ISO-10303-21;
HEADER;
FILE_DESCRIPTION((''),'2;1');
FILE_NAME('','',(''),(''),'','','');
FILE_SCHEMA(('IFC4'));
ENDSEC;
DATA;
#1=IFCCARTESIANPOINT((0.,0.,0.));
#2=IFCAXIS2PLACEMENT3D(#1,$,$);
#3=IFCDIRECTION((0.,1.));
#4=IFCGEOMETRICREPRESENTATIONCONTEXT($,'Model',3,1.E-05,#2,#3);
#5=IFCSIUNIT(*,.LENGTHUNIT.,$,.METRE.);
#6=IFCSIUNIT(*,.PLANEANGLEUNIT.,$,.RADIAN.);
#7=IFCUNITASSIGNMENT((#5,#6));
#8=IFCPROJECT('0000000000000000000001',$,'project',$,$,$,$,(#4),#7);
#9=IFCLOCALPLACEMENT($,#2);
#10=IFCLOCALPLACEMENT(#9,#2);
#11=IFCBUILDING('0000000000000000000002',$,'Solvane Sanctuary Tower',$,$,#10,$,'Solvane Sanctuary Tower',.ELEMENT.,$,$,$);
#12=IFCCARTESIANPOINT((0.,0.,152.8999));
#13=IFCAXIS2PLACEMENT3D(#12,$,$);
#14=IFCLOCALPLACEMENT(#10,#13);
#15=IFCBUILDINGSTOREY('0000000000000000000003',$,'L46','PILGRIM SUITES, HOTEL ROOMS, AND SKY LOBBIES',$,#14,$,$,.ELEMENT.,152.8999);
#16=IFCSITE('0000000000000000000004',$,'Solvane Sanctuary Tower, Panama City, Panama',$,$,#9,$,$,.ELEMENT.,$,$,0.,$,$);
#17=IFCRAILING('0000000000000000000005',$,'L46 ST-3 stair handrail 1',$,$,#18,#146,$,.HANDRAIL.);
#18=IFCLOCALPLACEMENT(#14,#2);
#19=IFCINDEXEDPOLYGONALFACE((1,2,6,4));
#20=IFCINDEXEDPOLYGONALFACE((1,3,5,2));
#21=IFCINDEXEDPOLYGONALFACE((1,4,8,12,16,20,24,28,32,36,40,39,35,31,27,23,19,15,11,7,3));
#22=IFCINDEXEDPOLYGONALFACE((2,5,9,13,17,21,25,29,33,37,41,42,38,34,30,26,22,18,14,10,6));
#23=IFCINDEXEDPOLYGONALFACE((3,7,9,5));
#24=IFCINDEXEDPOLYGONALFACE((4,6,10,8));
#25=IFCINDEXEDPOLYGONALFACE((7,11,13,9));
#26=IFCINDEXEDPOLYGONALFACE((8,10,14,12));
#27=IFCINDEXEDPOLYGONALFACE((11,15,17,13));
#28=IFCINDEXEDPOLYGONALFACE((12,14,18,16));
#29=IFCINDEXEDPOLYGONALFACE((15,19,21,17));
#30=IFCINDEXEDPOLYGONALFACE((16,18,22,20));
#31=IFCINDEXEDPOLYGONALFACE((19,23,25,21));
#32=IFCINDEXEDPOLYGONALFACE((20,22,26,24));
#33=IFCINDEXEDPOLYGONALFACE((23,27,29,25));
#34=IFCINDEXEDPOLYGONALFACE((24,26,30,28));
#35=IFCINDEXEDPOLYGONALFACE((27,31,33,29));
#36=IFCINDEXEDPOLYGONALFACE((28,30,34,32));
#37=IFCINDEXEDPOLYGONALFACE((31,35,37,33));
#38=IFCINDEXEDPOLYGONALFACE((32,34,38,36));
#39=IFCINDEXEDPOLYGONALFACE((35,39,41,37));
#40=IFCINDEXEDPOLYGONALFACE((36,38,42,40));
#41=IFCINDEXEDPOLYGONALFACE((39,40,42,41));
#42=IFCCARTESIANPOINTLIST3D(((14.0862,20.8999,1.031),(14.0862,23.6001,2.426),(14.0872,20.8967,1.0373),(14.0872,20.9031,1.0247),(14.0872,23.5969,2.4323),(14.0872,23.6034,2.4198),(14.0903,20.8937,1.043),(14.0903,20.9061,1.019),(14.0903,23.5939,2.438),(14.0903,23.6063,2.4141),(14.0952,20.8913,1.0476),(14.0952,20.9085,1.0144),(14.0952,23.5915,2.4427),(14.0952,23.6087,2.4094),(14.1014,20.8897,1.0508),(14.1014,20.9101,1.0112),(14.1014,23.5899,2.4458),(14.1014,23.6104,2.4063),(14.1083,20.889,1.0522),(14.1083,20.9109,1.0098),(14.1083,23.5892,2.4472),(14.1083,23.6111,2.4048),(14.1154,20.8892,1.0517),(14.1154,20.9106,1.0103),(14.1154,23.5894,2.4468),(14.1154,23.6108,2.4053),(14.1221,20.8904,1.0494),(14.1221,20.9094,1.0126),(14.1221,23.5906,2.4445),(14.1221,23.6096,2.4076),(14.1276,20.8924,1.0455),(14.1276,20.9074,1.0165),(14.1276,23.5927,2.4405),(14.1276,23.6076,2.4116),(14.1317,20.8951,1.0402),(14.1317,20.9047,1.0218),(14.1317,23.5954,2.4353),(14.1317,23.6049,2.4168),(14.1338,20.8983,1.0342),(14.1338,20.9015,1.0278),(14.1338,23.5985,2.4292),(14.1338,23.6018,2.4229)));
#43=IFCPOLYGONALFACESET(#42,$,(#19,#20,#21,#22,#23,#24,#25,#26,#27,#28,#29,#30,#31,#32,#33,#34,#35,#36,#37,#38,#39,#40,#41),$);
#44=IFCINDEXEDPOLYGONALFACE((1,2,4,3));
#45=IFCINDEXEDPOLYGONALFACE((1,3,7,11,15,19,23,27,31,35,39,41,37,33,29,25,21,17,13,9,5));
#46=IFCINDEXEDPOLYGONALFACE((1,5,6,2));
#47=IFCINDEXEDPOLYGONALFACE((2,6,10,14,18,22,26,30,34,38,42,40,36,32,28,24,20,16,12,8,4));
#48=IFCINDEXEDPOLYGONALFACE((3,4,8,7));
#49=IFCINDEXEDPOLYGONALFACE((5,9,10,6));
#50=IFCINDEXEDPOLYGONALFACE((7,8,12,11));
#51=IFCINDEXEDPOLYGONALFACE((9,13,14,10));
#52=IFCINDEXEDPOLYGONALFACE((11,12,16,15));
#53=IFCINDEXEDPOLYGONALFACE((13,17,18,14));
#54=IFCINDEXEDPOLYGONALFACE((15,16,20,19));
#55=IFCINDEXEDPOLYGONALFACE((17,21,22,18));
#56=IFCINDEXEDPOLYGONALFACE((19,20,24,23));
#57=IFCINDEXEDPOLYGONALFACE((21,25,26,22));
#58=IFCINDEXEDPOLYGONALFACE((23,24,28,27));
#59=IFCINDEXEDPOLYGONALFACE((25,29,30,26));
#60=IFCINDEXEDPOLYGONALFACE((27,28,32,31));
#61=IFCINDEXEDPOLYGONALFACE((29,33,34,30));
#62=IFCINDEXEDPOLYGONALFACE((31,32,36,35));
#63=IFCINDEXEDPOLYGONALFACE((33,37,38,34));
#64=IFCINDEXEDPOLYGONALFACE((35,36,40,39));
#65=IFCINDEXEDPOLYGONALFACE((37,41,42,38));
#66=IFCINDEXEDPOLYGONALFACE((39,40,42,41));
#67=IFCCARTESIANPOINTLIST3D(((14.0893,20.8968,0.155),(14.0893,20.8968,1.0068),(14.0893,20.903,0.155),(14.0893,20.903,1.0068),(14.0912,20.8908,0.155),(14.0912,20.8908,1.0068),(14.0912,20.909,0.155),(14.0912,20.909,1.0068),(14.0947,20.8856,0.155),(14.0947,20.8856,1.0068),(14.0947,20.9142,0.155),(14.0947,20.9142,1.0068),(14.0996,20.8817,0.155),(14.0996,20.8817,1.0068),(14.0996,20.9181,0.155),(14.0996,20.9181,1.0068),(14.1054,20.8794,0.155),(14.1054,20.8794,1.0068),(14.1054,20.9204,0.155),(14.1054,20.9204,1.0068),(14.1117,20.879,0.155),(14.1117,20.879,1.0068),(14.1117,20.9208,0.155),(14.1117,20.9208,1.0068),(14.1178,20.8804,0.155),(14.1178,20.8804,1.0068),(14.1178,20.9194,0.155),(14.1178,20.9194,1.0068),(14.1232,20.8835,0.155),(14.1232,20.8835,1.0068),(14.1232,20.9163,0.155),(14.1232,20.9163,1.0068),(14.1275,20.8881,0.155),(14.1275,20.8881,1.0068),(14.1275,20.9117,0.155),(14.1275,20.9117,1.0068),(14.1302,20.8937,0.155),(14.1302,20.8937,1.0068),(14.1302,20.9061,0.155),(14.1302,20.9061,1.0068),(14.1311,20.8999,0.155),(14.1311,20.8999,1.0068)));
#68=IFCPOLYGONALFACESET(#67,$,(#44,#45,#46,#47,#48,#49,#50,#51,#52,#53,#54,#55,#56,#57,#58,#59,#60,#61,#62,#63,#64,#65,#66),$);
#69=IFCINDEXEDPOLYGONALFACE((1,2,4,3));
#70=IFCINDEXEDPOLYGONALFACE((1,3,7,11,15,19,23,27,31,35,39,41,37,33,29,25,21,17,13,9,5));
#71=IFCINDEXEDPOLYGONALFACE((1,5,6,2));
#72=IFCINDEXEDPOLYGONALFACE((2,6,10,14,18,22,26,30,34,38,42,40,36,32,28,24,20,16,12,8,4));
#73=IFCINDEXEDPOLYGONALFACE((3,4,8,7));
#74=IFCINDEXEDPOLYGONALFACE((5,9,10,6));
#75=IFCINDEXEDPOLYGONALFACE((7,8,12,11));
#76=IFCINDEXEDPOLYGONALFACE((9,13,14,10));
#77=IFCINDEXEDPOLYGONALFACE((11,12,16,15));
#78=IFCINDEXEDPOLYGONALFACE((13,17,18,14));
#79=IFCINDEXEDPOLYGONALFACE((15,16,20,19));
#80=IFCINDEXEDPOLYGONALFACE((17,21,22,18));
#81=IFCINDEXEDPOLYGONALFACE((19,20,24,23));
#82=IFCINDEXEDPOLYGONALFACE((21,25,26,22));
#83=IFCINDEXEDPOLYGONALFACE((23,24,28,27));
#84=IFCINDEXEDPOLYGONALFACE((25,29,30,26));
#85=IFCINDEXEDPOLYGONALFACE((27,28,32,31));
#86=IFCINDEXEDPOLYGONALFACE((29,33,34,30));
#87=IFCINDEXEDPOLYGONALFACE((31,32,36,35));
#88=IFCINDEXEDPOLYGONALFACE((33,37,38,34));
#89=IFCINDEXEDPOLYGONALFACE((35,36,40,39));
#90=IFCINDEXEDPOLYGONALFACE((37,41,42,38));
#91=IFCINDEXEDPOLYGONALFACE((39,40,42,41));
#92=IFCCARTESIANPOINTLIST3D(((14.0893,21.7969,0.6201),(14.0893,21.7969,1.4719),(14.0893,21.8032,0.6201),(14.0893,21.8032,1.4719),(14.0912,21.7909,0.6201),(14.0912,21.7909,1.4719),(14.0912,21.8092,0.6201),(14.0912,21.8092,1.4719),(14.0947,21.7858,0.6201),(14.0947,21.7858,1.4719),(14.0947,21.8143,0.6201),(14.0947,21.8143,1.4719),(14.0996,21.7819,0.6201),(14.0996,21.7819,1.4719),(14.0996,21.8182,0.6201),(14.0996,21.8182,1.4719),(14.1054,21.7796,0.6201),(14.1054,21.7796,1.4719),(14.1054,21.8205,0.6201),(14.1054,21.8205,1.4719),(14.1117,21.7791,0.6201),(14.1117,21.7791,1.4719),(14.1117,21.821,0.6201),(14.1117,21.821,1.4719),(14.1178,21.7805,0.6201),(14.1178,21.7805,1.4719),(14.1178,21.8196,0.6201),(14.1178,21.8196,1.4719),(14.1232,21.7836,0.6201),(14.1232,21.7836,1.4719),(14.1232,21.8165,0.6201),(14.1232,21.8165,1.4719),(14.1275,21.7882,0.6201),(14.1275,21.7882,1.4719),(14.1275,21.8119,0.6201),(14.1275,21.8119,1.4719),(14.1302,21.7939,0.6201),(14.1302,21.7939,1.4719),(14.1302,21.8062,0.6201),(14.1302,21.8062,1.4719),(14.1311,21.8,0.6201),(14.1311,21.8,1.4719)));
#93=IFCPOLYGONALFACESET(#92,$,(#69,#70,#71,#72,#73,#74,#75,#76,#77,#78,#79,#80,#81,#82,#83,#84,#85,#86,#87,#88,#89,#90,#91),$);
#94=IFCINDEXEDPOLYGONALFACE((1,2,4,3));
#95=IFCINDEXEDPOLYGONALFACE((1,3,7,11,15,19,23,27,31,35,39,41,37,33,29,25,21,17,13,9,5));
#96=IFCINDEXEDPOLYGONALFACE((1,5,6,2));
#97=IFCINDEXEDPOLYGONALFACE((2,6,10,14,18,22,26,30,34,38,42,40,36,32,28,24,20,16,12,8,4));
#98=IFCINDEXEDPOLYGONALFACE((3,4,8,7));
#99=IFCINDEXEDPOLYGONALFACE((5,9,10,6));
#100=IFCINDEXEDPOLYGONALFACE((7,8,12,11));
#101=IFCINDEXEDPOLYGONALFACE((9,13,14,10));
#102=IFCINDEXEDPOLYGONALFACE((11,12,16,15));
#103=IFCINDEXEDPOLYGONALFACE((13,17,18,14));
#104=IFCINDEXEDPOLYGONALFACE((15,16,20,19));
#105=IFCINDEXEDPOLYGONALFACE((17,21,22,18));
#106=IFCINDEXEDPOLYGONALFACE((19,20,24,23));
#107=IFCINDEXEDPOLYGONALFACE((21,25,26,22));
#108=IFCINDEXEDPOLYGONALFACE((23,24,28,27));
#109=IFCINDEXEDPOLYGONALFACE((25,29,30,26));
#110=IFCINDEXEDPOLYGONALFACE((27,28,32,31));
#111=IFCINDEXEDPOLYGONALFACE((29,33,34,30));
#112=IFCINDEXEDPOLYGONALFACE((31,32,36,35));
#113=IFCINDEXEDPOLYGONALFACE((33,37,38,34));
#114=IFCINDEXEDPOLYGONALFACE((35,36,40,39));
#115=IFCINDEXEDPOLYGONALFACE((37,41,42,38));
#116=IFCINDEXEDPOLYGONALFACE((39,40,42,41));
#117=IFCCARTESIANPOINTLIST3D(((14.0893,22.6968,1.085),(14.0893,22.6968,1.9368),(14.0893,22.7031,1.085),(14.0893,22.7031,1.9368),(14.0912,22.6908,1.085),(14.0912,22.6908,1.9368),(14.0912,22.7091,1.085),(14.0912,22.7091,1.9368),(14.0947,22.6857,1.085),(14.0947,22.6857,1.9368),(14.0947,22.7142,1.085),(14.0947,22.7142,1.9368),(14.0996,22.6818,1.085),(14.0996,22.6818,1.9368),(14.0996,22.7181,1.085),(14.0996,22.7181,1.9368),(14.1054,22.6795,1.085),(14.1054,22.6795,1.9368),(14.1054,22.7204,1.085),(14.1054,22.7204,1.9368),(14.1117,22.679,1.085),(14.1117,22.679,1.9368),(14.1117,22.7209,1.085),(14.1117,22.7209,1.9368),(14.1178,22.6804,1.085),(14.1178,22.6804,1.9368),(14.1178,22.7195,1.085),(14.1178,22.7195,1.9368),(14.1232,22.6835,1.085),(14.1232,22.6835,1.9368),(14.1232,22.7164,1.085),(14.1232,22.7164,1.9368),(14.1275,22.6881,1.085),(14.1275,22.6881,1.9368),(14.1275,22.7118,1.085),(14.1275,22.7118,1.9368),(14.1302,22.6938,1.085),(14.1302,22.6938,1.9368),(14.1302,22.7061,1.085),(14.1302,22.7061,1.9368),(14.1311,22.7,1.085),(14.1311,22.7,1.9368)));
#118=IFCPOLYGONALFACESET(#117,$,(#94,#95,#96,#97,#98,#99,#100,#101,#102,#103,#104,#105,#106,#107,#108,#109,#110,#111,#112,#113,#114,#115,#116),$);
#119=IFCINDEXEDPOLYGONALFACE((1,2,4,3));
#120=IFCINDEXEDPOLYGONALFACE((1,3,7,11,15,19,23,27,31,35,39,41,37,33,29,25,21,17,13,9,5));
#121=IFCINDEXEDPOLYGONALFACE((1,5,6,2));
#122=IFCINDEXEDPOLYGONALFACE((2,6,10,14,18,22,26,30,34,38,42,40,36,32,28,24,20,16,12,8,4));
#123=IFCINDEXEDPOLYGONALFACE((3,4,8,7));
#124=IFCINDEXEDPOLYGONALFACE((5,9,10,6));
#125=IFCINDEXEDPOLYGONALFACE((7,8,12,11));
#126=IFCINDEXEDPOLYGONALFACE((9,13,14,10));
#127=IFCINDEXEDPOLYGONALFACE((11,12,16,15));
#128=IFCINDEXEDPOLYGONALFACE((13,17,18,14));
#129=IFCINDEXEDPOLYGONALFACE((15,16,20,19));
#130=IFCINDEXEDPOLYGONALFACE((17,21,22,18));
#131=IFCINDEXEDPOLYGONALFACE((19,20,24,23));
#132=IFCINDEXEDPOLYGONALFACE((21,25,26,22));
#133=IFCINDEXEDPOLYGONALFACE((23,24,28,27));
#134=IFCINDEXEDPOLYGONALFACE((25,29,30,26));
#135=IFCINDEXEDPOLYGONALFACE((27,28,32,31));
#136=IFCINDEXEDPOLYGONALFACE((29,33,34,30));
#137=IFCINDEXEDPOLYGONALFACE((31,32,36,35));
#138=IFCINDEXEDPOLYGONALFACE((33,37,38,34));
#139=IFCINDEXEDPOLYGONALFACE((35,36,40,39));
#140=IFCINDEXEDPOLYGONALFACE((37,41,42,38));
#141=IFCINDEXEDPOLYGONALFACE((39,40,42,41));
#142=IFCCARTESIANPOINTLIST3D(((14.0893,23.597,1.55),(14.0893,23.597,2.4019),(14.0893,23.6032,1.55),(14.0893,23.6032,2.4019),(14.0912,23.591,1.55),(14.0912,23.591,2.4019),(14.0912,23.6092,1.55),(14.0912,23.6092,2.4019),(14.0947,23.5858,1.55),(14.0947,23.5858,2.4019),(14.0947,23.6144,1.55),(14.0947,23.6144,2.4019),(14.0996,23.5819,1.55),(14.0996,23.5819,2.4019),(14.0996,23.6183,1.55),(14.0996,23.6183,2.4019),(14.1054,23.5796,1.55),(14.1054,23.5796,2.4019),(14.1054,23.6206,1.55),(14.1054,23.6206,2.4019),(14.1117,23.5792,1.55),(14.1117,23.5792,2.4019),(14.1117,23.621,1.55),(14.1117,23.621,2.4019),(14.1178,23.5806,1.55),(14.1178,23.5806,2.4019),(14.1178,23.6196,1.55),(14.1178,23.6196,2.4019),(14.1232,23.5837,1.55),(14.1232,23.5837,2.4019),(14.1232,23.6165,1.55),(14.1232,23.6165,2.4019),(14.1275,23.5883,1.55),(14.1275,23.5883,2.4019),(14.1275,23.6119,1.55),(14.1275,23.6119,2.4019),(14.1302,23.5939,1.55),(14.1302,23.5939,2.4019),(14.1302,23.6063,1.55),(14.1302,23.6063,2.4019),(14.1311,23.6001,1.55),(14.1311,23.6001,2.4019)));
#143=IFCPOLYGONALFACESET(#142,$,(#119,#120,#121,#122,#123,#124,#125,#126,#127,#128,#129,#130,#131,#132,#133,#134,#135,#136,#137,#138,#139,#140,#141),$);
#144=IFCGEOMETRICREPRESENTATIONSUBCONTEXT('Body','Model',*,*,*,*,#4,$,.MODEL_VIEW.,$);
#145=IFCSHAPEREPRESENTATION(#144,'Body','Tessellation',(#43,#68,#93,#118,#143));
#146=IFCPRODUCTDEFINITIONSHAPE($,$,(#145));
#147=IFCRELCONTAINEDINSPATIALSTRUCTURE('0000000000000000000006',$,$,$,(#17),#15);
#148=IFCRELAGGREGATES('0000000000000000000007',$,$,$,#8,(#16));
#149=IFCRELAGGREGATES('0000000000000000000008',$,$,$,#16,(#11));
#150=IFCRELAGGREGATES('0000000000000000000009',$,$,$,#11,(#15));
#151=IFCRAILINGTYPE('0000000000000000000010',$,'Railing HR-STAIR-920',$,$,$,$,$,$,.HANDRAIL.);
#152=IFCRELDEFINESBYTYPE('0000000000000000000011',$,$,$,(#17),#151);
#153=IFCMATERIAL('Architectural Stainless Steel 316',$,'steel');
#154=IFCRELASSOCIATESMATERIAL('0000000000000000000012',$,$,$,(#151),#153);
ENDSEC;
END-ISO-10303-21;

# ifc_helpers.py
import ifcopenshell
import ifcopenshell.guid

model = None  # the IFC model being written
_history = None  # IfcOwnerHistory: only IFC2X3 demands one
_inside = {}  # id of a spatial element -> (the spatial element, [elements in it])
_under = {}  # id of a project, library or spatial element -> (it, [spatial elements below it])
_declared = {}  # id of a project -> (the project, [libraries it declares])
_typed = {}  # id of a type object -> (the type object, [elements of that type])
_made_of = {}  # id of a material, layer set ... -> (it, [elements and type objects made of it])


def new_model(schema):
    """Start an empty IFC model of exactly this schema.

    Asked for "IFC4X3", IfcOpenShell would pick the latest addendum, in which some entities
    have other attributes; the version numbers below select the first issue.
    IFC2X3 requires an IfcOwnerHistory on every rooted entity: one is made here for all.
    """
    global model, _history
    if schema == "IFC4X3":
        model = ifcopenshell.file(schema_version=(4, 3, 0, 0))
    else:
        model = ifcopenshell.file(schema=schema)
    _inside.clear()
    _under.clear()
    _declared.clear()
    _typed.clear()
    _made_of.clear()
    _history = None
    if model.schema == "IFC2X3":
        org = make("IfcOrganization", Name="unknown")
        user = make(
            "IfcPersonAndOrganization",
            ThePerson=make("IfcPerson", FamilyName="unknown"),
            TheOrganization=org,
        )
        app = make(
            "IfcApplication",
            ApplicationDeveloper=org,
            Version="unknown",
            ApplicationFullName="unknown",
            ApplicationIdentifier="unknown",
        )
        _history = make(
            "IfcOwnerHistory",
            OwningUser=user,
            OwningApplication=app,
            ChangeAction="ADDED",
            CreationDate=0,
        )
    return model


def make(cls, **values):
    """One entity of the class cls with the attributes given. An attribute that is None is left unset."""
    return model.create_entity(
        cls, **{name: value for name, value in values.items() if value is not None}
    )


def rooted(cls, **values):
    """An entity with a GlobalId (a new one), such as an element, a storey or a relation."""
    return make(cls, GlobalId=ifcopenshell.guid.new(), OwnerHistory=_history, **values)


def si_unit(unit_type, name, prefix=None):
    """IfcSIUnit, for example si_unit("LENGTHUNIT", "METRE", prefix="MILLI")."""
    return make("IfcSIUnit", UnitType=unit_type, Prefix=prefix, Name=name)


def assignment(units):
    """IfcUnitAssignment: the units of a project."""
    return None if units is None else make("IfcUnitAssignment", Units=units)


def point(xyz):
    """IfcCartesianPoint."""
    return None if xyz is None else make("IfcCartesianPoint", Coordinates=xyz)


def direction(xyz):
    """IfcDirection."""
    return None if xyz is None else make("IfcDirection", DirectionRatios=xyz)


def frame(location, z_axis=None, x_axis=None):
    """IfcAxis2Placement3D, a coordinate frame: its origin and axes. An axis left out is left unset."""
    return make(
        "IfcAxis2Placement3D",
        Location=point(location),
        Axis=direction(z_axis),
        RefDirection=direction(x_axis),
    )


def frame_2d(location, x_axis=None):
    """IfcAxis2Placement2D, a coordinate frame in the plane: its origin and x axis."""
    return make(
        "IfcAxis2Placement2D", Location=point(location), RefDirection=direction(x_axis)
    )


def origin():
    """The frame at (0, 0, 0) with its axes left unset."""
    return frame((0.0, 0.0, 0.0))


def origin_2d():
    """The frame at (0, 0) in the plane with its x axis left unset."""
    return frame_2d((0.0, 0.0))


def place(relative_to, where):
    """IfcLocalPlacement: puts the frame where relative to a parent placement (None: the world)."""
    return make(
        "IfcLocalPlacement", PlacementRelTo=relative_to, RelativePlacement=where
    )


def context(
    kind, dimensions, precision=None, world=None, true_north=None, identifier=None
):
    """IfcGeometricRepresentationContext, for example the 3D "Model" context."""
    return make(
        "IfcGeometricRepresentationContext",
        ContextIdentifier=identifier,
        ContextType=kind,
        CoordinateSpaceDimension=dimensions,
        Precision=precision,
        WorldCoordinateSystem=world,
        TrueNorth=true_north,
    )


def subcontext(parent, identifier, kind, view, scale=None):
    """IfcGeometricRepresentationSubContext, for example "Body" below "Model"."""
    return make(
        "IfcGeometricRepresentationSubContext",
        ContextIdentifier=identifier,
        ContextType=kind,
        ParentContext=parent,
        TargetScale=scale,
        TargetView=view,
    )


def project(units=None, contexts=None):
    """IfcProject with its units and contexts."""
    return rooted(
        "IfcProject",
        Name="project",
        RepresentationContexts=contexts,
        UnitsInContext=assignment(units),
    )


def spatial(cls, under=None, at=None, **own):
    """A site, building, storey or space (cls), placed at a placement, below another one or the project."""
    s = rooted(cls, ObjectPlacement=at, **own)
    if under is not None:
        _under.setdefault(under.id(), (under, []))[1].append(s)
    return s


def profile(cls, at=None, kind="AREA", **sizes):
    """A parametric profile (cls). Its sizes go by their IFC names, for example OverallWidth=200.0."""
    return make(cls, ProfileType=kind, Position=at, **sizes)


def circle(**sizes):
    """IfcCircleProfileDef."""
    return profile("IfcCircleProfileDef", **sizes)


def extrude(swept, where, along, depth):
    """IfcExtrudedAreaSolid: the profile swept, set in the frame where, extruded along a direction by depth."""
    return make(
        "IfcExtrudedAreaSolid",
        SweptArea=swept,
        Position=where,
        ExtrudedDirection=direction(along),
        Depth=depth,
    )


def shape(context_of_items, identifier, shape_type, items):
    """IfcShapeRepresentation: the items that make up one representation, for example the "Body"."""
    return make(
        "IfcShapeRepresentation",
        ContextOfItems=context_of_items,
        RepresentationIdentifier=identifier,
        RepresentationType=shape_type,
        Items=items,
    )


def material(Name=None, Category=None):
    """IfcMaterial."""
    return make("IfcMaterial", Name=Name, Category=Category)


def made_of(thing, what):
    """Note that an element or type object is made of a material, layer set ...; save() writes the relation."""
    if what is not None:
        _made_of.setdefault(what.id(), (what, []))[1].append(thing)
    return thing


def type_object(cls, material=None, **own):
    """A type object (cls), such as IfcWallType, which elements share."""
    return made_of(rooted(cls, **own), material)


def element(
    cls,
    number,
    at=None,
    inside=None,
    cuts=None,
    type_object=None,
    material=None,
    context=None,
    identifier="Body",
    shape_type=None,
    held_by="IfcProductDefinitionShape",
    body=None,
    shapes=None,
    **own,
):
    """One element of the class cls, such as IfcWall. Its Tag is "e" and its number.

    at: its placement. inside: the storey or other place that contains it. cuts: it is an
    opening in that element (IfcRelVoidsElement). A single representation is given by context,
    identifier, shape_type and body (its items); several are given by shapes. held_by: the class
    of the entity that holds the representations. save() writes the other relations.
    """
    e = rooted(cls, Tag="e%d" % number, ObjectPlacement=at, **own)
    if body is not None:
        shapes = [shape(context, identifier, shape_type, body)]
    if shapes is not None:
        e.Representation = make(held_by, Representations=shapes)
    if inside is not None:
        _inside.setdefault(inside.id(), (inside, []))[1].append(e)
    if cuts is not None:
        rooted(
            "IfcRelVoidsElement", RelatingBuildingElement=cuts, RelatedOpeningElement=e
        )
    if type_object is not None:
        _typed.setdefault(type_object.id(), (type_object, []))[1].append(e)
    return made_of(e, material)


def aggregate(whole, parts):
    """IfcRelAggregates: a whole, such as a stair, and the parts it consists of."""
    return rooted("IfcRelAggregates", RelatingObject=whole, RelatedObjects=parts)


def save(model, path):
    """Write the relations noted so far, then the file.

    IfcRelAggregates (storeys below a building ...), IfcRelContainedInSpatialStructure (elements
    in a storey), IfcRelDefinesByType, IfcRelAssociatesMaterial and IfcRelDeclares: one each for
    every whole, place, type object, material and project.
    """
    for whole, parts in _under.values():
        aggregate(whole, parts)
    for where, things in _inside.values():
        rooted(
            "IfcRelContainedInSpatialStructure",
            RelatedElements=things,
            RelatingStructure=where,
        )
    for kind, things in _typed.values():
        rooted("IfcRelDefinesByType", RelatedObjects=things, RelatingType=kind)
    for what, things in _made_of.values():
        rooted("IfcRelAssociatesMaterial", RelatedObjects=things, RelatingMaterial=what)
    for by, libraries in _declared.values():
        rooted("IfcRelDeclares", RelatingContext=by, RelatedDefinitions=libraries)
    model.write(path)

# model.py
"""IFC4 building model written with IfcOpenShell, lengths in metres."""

from ifc_helpers import new_model, si_unit, direction, frame, origin, origin_2d, place, context, subcontext, project, spatial, circle, extrude, material, type_object, element, save


model = new_model("IFC4")

# Units and contexts
model_context = context("Model", 3, precision=1e-05, world=origin(), true_north=direction((0.0, 1.0)))
body_context = subcontext(model_context, "Body", "Model", "MODEL_VIEW")
ifc_project = project(units=[si_unit("LENGTHUNIT", "METRE"), si_unit("PLANEANGLEUNIT", "RADIAN")], contexts=[model_context])

# Site, building, storey
site_placement = place(None, origin())
site = spatial("IfcSite", under=ifc_project, at=site_placement, Name="Solvane Sanctuary Tower, Panama City, Panama", CompositionType="ELEMENT", RefElevation=0.0)
building_placement = place(site_placement, origin())
building = spatial("IfcBuilding", under=site, at=building_placement, Name="Solvane Sanctuary Tower", LongName="Solvane Sanctuary Tower", CompositionType="ELEMENT")
storey_placement = place(building_placement, frame((0.0, 0.0, 152.8999)))
storey = spatial("IfcBuildingStorey", under=building, at=storey_placement, Name="L46", Description="PILGRIM SUITES, HOTEL ROOMS, AND SKY LOBBIES", CompositionType="ELEMENT", Elevation=152.8999)

# Shared definitions
ifc_material_1 = material(Name="Architectural Stainless Steel 316", Category="steel")

# Railing
railing_type_1 = type_object("IfcRailingType", Name="Railing HR-STAIR-920", PredefinedType="HANDRAIL", material=ifc_material_1)
railing_1_placement = place(storey_placement, frame((14.1101, 20.8999, 0.155)))
element("IfcRailing", 1, at=railing_1_placement, inside=storey, type_object=railing_type_1, Name="L46 ST-3 stair handrail 1", PredefinedType="HANDRAIL", context=body_context, shape_type="SweptSolid", body=[
    extrude(circle(Radius=0.0239, at=origin_2d()), frame((0.0, 0.0, 0.876), z_axis=(0.0, 0.888437, 0.458999), x_axis=(-1.0, 0.0, 0.0)), (0.0, 0.0, 1.0), 3.0393),
    extrude(circle(Radius=0.021, at=origin_2d()), origin(), (0.0, 0.0, 1.0), 0.8518),
    extrude(circle(Radius=0.021, at=origin_2d()), frame((0.0, 0.9001, 0.4651)), (0.0, 0.0, 1.0), 0.8518),
    extrude(circle(Radius=0.021, at=origin_2d()), frame((0.0, 1.8, 0.9299)), (0.0, 0.0, 1.0), 0.8518),
    extrude(circle(Radius=0.021, at=origin_2d()), frame((0.0, 2.7002, 1.395)), (0.0, 0.0, 1.0), 0.8518),
])

save(model, "model.ifc")
